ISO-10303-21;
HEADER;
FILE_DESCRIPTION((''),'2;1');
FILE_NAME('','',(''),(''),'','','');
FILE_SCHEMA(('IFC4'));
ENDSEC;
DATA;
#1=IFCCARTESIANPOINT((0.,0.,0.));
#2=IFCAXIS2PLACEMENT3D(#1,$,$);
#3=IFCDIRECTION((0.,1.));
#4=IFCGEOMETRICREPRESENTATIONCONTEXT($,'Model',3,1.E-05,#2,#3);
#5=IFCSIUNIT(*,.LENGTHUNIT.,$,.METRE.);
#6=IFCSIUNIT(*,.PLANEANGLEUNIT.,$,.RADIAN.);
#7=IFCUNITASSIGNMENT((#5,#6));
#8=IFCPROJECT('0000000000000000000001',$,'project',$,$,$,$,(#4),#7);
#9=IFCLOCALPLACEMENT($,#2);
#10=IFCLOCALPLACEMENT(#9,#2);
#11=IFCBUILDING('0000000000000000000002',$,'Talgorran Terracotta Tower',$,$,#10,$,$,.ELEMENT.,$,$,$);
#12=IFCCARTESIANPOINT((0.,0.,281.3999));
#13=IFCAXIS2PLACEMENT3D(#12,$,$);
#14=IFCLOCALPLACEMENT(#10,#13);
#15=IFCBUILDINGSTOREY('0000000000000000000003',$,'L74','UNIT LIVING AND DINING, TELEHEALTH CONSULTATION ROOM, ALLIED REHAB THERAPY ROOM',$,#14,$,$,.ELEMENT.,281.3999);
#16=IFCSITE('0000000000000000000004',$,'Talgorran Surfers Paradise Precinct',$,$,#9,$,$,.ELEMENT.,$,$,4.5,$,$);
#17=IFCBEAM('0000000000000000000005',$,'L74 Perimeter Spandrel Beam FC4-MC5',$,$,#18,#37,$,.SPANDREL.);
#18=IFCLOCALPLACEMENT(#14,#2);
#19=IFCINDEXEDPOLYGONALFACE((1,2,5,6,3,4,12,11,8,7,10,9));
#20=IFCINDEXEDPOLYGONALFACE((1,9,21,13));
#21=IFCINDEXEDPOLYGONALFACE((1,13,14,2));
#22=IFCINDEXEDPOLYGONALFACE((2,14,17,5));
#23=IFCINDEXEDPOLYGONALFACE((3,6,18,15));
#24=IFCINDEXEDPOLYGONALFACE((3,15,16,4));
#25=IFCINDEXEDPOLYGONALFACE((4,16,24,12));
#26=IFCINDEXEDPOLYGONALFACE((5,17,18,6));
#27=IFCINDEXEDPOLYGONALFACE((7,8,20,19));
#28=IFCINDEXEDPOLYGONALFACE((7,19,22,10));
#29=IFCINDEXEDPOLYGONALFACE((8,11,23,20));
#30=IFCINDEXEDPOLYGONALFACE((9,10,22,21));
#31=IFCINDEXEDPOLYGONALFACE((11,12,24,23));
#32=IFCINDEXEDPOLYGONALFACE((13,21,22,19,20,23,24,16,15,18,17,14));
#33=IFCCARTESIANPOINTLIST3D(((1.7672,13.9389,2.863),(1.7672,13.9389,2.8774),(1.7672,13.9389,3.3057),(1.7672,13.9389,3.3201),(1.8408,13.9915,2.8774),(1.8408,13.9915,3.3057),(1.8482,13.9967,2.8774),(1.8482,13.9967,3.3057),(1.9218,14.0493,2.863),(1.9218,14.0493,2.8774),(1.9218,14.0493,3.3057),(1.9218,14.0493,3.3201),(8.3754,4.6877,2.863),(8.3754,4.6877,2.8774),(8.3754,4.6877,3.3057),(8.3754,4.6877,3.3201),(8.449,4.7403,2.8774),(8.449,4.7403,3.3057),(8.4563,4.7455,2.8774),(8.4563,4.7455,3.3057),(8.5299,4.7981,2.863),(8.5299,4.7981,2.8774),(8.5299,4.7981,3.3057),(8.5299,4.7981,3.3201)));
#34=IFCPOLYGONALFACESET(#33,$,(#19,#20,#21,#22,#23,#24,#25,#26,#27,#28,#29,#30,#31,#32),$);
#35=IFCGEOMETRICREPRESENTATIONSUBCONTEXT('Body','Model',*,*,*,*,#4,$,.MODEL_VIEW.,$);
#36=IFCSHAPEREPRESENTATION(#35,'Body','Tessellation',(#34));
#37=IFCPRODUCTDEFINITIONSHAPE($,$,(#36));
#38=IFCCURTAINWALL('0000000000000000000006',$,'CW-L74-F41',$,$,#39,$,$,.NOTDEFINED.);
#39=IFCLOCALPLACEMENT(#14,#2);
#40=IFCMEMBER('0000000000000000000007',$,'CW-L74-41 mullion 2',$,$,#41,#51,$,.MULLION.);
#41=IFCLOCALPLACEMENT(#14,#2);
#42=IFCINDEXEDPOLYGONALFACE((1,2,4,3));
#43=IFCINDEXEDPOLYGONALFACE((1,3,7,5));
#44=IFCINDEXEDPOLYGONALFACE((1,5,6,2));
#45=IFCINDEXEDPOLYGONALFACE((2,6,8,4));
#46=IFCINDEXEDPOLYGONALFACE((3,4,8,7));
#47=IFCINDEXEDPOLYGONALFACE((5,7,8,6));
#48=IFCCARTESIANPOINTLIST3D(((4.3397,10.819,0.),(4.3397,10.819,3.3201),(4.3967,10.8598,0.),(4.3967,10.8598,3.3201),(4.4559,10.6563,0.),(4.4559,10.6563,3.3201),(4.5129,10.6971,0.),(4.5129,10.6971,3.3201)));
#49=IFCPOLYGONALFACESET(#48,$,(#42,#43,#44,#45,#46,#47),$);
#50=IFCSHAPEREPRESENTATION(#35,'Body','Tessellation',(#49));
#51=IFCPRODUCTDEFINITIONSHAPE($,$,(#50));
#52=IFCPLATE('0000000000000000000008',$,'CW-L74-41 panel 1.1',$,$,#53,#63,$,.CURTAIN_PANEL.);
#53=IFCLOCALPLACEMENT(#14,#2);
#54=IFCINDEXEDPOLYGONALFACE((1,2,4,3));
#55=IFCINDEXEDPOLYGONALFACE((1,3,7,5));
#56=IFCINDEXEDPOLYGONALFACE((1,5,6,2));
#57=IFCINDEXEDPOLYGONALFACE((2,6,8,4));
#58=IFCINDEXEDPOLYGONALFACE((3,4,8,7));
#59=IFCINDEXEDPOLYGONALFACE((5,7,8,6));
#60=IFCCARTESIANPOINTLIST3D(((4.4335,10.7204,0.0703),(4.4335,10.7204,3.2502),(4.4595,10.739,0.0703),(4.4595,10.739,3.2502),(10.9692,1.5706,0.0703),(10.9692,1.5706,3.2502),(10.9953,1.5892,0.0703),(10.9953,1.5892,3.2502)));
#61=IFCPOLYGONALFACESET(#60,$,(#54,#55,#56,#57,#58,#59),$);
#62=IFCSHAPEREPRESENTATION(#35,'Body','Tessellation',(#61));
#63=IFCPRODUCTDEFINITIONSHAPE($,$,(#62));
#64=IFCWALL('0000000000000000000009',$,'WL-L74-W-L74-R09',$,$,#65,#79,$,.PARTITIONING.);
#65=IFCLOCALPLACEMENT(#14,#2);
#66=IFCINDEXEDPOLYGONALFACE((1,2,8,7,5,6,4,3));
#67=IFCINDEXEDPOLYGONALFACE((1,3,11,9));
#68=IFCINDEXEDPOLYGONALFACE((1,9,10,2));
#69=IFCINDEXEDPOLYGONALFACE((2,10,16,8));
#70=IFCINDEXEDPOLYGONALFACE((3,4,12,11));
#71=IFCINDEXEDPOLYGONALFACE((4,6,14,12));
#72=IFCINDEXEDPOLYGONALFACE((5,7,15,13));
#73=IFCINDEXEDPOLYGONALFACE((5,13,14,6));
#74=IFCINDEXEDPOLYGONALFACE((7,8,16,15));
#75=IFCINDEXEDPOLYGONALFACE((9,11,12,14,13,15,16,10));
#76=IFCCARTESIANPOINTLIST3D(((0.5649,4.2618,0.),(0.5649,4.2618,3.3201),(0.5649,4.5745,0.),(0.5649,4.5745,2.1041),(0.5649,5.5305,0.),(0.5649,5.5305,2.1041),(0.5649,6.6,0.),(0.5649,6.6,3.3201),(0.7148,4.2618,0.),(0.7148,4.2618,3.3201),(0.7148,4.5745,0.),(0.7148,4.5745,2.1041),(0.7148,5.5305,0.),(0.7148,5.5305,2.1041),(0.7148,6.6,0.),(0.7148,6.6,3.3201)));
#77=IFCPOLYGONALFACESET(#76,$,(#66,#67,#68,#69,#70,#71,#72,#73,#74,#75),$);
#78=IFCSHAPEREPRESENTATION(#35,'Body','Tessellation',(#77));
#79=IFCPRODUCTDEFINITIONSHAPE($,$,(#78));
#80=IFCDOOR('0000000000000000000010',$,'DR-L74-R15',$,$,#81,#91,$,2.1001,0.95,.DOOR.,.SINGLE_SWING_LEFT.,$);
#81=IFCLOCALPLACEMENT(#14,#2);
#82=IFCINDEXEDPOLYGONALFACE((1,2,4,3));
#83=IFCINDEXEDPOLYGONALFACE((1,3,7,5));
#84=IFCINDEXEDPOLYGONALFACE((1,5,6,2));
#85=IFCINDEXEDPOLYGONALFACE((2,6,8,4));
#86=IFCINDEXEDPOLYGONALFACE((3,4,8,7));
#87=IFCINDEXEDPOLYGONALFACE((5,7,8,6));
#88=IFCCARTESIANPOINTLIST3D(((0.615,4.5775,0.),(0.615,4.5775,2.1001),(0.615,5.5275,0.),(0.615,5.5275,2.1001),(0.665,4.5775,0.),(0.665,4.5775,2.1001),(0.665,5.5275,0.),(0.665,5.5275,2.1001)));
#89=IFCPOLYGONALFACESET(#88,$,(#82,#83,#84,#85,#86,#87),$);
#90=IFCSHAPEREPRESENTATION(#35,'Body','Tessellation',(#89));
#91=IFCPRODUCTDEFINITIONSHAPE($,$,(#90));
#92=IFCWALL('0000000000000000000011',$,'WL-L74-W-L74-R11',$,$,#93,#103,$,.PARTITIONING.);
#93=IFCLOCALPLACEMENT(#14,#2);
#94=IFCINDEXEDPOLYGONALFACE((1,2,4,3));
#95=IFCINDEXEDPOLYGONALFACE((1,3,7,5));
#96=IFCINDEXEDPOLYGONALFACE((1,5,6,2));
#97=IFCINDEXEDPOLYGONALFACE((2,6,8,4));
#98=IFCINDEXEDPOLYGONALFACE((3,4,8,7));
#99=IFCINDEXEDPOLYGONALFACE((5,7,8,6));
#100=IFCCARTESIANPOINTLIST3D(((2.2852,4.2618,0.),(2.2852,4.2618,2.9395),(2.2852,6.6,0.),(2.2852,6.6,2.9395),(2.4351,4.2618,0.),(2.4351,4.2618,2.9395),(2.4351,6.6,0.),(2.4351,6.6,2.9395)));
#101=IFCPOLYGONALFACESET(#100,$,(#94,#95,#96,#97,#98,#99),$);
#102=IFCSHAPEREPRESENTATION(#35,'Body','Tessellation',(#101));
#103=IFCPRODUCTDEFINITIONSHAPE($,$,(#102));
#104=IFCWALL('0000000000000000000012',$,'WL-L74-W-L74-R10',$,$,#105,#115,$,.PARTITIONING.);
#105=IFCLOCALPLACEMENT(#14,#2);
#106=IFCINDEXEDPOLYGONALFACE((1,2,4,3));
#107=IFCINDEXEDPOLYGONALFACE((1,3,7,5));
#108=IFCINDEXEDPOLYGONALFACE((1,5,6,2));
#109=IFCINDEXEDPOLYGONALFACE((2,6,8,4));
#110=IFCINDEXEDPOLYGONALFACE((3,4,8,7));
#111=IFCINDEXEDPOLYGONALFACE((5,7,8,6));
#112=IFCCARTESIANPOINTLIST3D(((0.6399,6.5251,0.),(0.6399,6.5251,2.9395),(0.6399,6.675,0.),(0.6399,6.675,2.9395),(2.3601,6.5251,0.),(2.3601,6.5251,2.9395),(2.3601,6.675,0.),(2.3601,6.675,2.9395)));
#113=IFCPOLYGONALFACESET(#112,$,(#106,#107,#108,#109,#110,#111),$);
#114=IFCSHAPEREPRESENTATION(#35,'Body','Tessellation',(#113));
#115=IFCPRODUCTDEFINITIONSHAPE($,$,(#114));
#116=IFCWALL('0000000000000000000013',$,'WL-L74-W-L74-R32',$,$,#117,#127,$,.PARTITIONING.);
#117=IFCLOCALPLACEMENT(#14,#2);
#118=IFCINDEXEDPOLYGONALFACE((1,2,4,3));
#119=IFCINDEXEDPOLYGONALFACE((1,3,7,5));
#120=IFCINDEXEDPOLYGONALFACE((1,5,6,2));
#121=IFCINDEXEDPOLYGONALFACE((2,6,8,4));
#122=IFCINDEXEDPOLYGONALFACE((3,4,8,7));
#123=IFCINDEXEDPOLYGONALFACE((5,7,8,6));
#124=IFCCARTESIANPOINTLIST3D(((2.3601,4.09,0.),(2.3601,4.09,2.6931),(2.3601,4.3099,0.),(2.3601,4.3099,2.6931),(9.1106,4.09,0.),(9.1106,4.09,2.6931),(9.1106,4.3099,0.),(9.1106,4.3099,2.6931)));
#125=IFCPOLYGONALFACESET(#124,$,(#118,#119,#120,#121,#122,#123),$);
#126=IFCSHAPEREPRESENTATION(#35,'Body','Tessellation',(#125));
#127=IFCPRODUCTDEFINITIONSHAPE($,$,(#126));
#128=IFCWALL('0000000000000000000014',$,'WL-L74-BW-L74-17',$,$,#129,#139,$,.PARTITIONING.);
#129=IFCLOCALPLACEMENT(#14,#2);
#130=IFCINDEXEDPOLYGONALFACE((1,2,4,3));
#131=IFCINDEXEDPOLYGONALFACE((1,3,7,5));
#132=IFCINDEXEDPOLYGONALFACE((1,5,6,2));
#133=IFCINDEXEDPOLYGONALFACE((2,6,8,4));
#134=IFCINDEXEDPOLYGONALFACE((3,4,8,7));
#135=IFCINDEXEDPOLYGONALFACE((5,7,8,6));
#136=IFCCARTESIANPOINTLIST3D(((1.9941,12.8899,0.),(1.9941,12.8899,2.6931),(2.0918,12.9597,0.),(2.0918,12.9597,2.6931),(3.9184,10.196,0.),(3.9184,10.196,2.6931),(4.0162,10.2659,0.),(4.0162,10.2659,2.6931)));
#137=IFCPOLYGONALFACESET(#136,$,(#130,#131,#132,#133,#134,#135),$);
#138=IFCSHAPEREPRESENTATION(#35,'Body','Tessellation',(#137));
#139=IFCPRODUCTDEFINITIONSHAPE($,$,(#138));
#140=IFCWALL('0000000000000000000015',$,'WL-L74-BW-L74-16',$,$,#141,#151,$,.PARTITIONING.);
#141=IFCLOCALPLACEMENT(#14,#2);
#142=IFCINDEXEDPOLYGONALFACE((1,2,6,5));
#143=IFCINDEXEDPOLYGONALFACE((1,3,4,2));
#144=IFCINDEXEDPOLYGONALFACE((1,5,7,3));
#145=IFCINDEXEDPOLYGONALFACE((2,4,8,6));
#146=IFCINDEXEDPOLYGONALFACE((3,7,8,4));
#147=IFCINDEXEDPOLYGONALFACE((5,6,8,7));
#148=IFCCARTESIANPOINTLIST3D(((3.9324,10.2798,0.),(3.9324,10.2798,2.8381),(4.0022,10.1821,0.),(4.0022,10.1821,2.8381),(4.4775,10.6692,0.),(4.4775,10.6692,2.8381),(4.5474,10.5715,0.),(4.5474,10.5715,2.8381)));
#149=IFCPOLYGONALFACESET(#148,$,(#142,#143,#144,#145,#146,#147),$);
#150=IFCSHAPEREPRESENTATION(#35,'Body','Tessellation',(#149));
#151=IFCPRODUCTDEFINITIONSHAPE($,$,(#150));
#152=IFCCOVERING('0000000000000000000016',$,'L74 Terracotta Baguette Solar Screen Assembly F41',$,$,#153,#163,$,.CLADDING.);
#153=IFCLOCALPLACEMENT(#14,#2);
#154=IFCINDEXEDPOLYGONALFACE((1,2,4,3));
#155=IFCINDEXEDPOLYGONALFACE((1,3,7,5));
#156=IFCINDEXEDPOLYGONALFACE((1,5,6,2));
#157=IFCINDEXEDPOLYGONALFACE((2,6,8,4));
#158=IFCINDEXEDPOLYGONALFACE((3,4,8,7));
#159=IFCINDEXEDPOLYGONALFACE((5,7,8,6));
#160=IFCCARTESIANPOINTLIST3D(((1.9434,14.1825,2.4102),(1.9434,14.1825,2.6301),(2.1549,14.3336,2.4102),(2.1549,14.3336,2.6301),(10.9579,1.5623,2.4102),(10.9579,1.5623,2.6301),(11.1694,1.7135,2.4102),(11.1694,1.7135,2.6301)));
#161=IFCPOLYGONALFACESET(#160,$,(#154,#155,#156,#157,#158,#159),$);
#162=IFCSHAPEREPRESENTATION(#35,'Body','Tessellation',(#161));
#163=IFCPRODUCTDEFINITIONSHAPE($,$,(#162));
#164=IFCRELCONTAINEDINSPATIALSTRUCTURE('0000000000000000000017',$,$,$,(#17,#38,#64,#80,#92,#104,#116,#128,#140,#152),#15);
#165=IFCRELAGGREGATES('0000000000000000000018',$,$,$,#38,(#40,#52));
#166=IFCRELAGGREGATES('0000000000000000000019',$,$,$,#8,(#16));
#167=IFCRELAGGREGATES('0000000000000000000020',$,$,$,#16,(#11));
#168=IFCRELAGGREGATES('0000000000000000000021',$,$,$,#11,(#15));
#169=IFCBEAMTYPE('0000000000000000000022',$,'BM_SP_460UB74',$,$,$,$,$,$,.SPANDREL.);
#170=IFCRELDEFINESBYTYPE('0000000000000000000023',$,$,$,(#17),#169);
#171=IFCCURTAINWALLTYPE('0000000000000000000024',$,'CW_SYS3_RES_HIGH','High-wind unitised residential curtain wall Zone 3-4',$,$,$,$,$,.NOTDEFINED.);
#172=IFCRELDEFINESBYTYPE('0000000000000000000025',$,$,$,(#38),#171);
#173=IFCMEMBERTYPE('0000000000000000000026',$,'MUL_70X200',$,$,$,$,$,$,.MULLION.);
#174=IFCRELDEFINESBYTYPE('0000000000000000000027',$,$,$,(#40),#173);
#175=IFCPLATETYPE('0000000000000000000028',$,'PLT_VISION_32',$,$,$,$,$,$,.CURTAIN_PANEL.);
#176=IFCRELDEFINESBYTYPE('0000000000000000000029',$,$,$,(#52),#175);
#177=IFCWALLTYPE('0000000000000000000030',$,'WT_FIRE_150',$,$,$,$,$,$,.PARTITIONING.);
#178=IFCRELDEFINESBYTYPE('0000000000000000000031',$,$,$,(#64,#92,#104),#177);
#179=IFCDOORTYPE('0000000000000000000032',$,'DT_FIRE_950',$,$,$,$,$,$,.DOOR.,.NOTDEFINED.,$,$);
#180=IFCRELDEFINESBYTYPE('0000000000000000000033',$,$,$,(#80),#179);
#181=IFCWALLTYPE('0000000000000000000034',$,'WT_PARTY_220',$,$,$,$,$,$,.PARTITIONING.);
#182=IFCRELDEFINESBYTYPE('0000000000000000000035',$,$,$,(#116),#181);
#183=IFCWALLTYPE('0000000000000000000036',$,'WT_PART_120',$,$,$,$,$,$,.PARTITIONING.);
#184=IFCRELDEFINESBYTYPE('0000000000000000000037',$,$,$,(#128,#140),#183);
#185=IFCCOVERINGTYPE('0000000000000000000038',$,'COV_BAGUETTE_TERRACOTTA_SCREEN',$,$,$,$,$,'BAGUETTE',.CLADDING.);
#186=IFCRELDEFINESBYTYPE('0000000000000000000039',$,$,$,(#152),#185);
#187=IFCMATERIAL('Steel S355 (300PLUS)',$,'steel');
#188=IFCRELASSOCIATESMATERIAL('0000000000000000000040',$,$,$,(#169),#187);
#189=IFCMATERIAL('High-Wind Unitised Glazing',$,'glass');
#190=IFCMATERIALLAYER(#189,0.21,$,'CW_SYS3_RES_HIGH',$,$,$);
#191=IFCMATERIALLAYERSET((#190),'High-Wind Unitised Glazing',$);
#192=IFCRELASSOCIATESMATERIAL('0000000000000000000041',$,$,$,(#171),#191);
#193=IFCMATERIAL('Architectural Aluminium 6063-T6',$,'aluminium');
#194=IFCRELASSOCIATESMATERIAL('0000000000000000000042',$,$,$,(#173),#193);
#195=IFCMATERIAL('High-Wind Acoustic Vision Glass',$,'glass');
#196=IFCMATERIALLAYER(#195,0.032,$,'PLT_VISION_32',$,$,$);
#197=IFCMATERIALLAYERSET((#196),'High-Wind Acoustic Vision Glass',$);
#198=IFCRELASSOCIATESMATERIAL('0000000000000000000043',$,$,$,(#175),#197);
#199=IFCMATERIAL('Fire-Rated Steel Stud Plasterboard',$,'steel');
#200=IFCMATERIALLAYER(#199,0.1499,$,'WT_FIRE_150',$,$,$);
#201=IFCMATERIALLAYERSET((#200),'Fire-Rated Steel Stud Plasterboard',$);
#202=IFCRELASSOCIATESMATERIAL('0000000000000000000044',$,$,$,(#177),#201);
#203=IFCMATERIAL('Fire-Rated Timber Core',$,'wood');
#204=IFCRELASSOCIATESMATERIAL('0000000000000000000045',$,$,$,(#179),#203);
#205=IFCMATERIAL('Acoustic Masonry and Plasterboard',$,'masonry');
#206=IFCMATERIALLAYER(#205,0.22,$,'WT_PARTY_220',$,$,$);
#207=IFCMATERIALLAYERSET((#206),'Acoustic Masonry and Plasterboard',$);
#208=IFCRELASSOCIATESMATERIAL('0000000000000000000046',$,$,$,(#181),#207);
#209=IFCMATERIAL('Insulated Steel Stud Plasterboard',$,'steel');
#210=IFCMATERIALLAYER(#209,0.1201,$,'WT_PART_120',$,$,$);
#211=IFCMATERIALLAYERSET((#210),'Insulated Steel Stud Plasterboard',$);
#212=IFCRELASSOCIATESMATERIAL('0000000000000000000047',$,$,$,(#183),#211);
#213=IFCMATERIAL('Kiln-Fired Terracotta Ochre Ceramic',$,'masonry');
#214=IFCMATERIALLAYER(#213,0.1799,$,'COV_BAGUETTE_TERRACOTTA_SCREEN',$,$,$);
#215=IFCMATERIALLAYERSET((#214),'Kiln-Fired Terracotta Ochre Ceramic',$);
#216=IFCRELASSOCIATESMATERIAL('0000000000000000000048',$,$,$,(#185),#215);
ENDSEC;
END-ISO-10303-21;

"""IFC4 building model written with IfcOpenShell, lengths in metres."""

from ifc_helpers import new_model, si_unit, direction, frame, frame_2d, origin, origin_2d, place, context, subcontext, project, spatial, rectangle, i_section, extrude, source, transform, mapped, material, layer, layer_set, material_profile, profile_set, type_object, type_shapes, element, fill, aggregate, save


model = new_model("IFC4")

# Units and contexts
model_context = context("Model", 3, precision=1e-05, world=origin(), true_north=direction((0.0, 1.0)))
body_context = subcontext(model_context, "Body", "Model", "MODEL_VIEW")
ifc_project = project(units=[si_unit("LENGTHUNIT", "METRE"), si_unit("PLANEANGLEUNIT", "RADIAN")], contexts=[model_context])

# Site, building, storey
site_placement = place(None, origin())
site = spatial("IfcSite", under=ifc_project, at=site_placement, Name="Talgorran Surfers Paradise Precinct", CompositionType="ELEMENT", RefElevation=4.5)
building_placement = place(site_placement, origin())
building = spatial("IfcBuilding", under=site, at=building_placement, Name="Talgorran Terracotta Tower", CompositionType="ELEMENT")
storey_placement = place(building_placement, frame((0.0, 0.0, 281.3999)))
storey = spatial("IfcBuildingStorey", under=building, at=storey_placement, Name="L74", Description="UNIT LIVING AND DINING, TELEHEALTH CONSULTATION ROOM, ALLIED REHAB THERAPY ROOM", CompositionType="ELEMENT", Elevation=281.3999)

# Shared definitions
ifc_material_1 = material(Name="Steel S355 (300PLUS)", Category="steel")

# Beam
ifc_material_profile_1 = material_profile(ifc_material_1, i_section(OverallWidth=0.1899, OverallDepth=0.457, WebThickness=0.009, FlangeThickness=0.0144, at=origin_2d()), Name="460UB74.6")
ifc_profile_set_1 = profile_set([ifc_material_profile_1], Name="Steel S355 (300PLUS)")
beam_type_1 = type_object("IfcBeamType", Name="BM_SP_460UB74", PredefinedType="SPANDREL", material=ifc_profile_set_1)
beam_1_placement = place(storey_placement, frame((8.4526, 4.7429, 3.0916), z_axis=(-0.581246, 0.813728, 0.0), x_axis=(-0.813728, -0.581246, 0.0)))
element("IfcBeam", 1, at=beam_1_placement, inside=storey, type_object=beam_type_1, Name="L74 Perimeter Spandrel Beam FC4-MC5", PredefinedType="SPANDREL", context=body_context, shape_type="SweptSolid", body=[
    extrude(i_section(OverallWidth=0.1899, OverallDepth=0.457, WebThickness=0.009, FlangeThickness=0.0144, at=origin_2d()), origin(), (0.0, 0.0, 1.0), 11.3689),
])

# Curtain wall, member, plate
ifc_material_2 = material(Name="High-Wind Unitised Glazing", Category="glass")
ifc_layer_1 = layer(ifc_material_2, 0.21, Name="CW_SYS3_RES_HIGH")
ifc_layer_set_1 = layer_set([ifc_layer_1], Name="High-Wind Unitised Glazing")
curtain_wall_type = type_object("IfcCurtainWallType", Name="CW_SYS3_RES_HIGH", Description="High-wind unitised residential curtain wall Zone 3-4", PredefinedType="NOTDEFINED", material=ifc_layer_set_1)
curtain_wall_placement = place(storey_placement, origin())
curtain_wall = element("IfcCurtainWall", 2, at=curtain_wall_placement, inside=storey, type_object=curtain_wall_type, Name="CW-L74-F41", PredefinedType="NOTDEFINED")
ifc_material_3 = material(Name="Architectural Aluminium 6063-T6", Category="aluminium")
ifc_material_profile_2 = material_profile(ifc_material_3, rectangle(XDim=0.0701, YDim=0.2, at=origin_2d()), Name="CWM70X200")
ifc_profile_set_2 = profile_set([ifc_material_profile_2], Name="Architectural Aluminium 6063-T6")
member_type = type_object("IfcMemberType", Name="MUL_70X200", PredefinedType="MULLION", material=ifc_profile_set_2)
member_placement = place(storey_placement, frame((4.4263, 10.7581, 0.0), z_axis=(0.0, 0.0, 1.0), x_axis=(-0.813726, -0.581248, 0.0)))
member = element("IfcMember", 3, at=member_placement, type_object=member_type, Name="CW-L74-41 mullion 2", PredefinedType="MULLION", context=body_context, shape_type="SweptSolid", body=[
    extrude(rectangle(XDim=0.0701, YDim=0.2, at=origin_2d()), origin(), (0.0, 0.0, 1.0), 3.3201),
])
ifc_material_4 = material(Name="High-Wind Acoustic Vision Glass", Category="glass")
ifc_layer_2 = layer(ifc_material_4, 0.032, Name="PLT_VISION_32")
ifc_layer_set_2 = layer_set([ifc_layer_2], Name="High-Wind Acoustic Vision Glass")
plate_type = type_object("IfcPlateType", Name="PLT_VISION_32", PredefinedType="CURTAIN_PANEL", material=ifc_layer_set_2)
shared_shape = source(origin(), body_context, "Body", "SweptSolid", [
    extrude(rectangle(XDim=11.2444, YDim=0.032, at=origin_2d()), origin(), (0.0, 0.0, 1.0), 3.1799),
])
type_shapes(plate_type, [shared_shape])
plate_placement = place(storey_placement, frame((7.7144, 6.1548, 0.0703), z_axis=(0.0, 0.0, 1.0), x_axis=(-0.581248, 0.813726, 0.0)))
plate = element("IfcPlate", 4, at=plate_placement, type_object=plate_type, Name="CW-L74-41 panel 1.1", PredefinedType="CURTAIN_PANEL", context=body_context, shape_type="MappedRepresentation", body=[
    mapped(shared_shape, transform((0.0, 0.0, 0.0), scale=1.0)),
])
aggregate(curtain_wall, [member, plate])

# Wall, opening, door
ifc_material_5 = material(Name="Fire-Rated Steel Stud Plasterboard", Category="steel")
ifc_layer_3 = layer(ifc_material_5, 0.1499, Name="WT_FIRE_150")
ifc_layer_set_3 = layer_set([ifc_layer_3], Name="Fire-Rated Steel Stud Plasterboard")
wall_type_1 = type_object("IfcWallType", Name="WT_FIRE_150", PredefinedType="PARTITIONING", material=ifc_layer_set_3)
wall_1_placement = place(storey_placement, frame((0.6399, 4.262, 0.0), z_axis=(0.0, 0.0, 1.0), x_axis=(0.0, 1.0, 0.0)))
wall_1 = element("IfcWall", 5, at=wall_1_placement, inside=storey, type_object=wall_type_1, Name="WL-L74-W-L74-R09", PredefinedType="PARTITIONING", context=body_context, shape_type="SweptSolid", body=[
    extrude(rectangle(XDim=2.3381, YDim=0.1499, at=frame_2d((1.1689, 0.0))), origin(), (0.0, 0.0, 1.0), 3.3201),
])
opening_placement = place(wall_1_placement, frame((0.3154, 0.0, 0.0)))
opening = element("IfcOpeningElement", 6, at=opening_placement, cuts=wall_1, PredefinedType="OPENING", context=body_context, shape_type="SweptSolid", body=[
    extrude(rectangle(XDim=0.956, YDim=2.1041, at=frame_2d((0.4751, 1.052))), frame((0.0, 0.085, 0.0), z_axis=(0.0, -1.0, 0.0), x_axis=(1.0, 0.0, 0.0)), (0.0, 0.0, 1.0), 0.1699),
])
ifc_material_6 = material(Name="Fire-Rated Timber Core", Category="wood")
door_type = type_object("IfcDoorType", Name="DT_FIRE_950", OperationType="NOTDEFINED", PredefinedType="DOOR", material=ifc_material_6)
door_placement = place(opening_placement, origin())
door = element("IfcDoor", 7, at=door_placement, inside=storey, type_object=door_type, Name="DR-L74-R15", OperationType="SINGLE_SWING_LEFT", OverallHeight=2.1001, OverallWidth=0.95, PredefinedType="DOOR", context=body_context, shape_type="SweptSolid", body=[
    extrude(rectangle(XDim=0.95, YDim=2.1001, at=frame_2d((0.4751, 1.05))), frame((0.0, 0.0249, 0.0), z_axis=(0.0, -1.0, 0.0), x_axis=(1.0, 0.0, 0.0)), (0.0, 0.0, 1.0), 0.05),
])
fill(opening, door)

# Walls
wall_2_placement = place(storey_placement, frame((2.3601, 4.262, 0.0), z_axis=(0.0, 0.0, 1.0), x_axis=(0.0, 1.0, 0.0)))
element("IfcWall", 8, at=wall_2_placement, inside=storey, type_object=wall_type_1, Name="WL-L74-W-L74-R11", PredefinedType="PARTITIONING", context=body_context, shape_type="SweptSolid", body=[
    extrude(rectangle(XDim=2.3381, YDim=0.1499, at=frame_2d((1.1689, 0.0))), origin(), (0.0, 0.0, 1.0), 2.9395),
])
wall_3_placement = place(storey_placement, frame((0.6399, 6.6001, 0.0), z_axis=(0.0, 0.0, 1.0), x_axis=(1.0, 0.0, 0.0)))
element("IfcWall", 9, at=wall_3_placement, inside=storey, type_object=wall_type_1, Name="WL-L74-W-L74-R10", PredefinedType="PARTITIONING", context=body_context, shape_type="SweptSolid", body=[
    extrude(rectangle(XDim=1.7202, YDim=0.1499, at=frame_2d((0.8601, 0.0))), origin(), (0.0, 0.0, 1.0), 2.9395),
])
ifc_material_7 = material(Name="Acoustic Masonry and Plasterboard", Category="masonry")
ifc_layer_4 = layer(ifc_material_7, 0.22, Name="WT_PARTY_220")
ifc_layer_set_4 = layer_set([ifc_layer_4], Name="Acoustic Masonry and Plasterboard")
wall_type_2 = type_object("IfcWallType", Name="WT_PARTY_220", PredefinedType="PARTITIONING", material=ifc_layer_set_4)
wall_4_placement = place(storey_placement, frame((2.3601, 4.2, 0.0), z_axis=(0.0, 0.0, 1.0), x_axis=(1.0, 0.0, 0.0)))
element("IfcWall", 10, at=wall_4_placement, inside=storey, type_object=wall_type_2, Name="WL-L74-W-L74-R32", PredefinedType="PARTITIONING", context=body_context, shape_type="SweptSolid", body=[
    extrude(rectangle(XDim=6.7505, YDim=0.22, at=frame_2d((3.3752, 0.0))), origin(), (0.0, 0.0, 1.0), 2.6931),
])
ifc_material_8 = material(Name="Insulated Steel Stud Plasterboard", Category="steel")
ifc_layer_5 = layer(ifc_material_8, 0.1201, Name="WT_PART_120")
ifc_layer_set_5 = layer_set([ifc_layer_5], Name="Insulated Steel Stud Plasterboard")
wall_type_3 = type_object("IfcWallType", Name="WT_PART_120", PredefinedType="PARTITIONING", material=ifc_layer_set_5)
wall_5_placement = place(storey_placement, frame((3.9673, 10.231, 0.0), z_axis=(0.0, 0.0, 1.0), x_axis=(-0.581266, 0.813714, 0.0)))
element("IfcWall", 11, at=wall_5_placement, inside=storey, type_object=wall_type_3, Name="WL-L74-BW-L74-17", PredefinedType="PARTITIONING", context=body_context, shape_type="SweptSolid", body=[
    extrude(rectangle(XDim=3.3105, YDim=0.1201, at=frame_2d((1.6553, 0.0))), origin(), (0.0, 0.0, 1.0), 2.6931),
])
wall_6_placement = place(storey_placement, frame((4.5125, 10.6204, 0.0), z_axis=(0.0, 0.0, 1.0), x_axis=(-0.813733, -0.581238, 0.0)))
element("IfcWall", 12, at=wall_6_placement, inside=storey, type_object=wall_type_3, Name="WL-L74-BW-L74-16", PredefinedType="PARTITIONING", context=body_context, shape_type="SweptSolid", body=[
    extrude(rectangle(XDim=0.6699, YDim=0.1201, at=frame_2d((0.335, 0.0))), origin(), (0.0, 0.0, 1.0), 2.8381),
])

# Covering
ifc_material_9 = material(Name="Kiln-Fired Terracotta Ochre Ceramic", Category="masonry")
ifc_layer_6 = layer(ifc_material_9, 0.1799, Name="COV_BAGUETTE_TERRACOTTA_SCREEN")
ifc_layer_set_6 = layer_set([ifc_layer_6], Name="Kiln-Fired Terracotta Ochre Ceramic")
covering_type_1 = type_object("IfcCoveringType", Name="COV_BAGUETTE_TERRACOTTA_SCREEN", ElementType="BAGUETTE", PredefinedType="CLADDING", material=ifc_layer_set_6)
covering_1_placement = place(storey_placement, frame((6.5564, 7.948, 2.4102), z_axis=(0.0, 0.0, 1.0), x_axis=(-0.581243, 0.81373, 0.0)))
element("IfcCovering", 13, at=covering_1_placement, inside=storey, type_object=covering_type_1, Name="L74 Terracotta Baguette Solar Screen Assembly F41", PredefinedType="CLADDING", context=body_context, shape_type="SweptSolid", body=[
    extrude(rectangle(XDim=15.509, YDim=0.26, at=origin_2d()), origin(), (0.0, 0.0, 1.0), 0.22),
])

save(model, "model.ifc")
